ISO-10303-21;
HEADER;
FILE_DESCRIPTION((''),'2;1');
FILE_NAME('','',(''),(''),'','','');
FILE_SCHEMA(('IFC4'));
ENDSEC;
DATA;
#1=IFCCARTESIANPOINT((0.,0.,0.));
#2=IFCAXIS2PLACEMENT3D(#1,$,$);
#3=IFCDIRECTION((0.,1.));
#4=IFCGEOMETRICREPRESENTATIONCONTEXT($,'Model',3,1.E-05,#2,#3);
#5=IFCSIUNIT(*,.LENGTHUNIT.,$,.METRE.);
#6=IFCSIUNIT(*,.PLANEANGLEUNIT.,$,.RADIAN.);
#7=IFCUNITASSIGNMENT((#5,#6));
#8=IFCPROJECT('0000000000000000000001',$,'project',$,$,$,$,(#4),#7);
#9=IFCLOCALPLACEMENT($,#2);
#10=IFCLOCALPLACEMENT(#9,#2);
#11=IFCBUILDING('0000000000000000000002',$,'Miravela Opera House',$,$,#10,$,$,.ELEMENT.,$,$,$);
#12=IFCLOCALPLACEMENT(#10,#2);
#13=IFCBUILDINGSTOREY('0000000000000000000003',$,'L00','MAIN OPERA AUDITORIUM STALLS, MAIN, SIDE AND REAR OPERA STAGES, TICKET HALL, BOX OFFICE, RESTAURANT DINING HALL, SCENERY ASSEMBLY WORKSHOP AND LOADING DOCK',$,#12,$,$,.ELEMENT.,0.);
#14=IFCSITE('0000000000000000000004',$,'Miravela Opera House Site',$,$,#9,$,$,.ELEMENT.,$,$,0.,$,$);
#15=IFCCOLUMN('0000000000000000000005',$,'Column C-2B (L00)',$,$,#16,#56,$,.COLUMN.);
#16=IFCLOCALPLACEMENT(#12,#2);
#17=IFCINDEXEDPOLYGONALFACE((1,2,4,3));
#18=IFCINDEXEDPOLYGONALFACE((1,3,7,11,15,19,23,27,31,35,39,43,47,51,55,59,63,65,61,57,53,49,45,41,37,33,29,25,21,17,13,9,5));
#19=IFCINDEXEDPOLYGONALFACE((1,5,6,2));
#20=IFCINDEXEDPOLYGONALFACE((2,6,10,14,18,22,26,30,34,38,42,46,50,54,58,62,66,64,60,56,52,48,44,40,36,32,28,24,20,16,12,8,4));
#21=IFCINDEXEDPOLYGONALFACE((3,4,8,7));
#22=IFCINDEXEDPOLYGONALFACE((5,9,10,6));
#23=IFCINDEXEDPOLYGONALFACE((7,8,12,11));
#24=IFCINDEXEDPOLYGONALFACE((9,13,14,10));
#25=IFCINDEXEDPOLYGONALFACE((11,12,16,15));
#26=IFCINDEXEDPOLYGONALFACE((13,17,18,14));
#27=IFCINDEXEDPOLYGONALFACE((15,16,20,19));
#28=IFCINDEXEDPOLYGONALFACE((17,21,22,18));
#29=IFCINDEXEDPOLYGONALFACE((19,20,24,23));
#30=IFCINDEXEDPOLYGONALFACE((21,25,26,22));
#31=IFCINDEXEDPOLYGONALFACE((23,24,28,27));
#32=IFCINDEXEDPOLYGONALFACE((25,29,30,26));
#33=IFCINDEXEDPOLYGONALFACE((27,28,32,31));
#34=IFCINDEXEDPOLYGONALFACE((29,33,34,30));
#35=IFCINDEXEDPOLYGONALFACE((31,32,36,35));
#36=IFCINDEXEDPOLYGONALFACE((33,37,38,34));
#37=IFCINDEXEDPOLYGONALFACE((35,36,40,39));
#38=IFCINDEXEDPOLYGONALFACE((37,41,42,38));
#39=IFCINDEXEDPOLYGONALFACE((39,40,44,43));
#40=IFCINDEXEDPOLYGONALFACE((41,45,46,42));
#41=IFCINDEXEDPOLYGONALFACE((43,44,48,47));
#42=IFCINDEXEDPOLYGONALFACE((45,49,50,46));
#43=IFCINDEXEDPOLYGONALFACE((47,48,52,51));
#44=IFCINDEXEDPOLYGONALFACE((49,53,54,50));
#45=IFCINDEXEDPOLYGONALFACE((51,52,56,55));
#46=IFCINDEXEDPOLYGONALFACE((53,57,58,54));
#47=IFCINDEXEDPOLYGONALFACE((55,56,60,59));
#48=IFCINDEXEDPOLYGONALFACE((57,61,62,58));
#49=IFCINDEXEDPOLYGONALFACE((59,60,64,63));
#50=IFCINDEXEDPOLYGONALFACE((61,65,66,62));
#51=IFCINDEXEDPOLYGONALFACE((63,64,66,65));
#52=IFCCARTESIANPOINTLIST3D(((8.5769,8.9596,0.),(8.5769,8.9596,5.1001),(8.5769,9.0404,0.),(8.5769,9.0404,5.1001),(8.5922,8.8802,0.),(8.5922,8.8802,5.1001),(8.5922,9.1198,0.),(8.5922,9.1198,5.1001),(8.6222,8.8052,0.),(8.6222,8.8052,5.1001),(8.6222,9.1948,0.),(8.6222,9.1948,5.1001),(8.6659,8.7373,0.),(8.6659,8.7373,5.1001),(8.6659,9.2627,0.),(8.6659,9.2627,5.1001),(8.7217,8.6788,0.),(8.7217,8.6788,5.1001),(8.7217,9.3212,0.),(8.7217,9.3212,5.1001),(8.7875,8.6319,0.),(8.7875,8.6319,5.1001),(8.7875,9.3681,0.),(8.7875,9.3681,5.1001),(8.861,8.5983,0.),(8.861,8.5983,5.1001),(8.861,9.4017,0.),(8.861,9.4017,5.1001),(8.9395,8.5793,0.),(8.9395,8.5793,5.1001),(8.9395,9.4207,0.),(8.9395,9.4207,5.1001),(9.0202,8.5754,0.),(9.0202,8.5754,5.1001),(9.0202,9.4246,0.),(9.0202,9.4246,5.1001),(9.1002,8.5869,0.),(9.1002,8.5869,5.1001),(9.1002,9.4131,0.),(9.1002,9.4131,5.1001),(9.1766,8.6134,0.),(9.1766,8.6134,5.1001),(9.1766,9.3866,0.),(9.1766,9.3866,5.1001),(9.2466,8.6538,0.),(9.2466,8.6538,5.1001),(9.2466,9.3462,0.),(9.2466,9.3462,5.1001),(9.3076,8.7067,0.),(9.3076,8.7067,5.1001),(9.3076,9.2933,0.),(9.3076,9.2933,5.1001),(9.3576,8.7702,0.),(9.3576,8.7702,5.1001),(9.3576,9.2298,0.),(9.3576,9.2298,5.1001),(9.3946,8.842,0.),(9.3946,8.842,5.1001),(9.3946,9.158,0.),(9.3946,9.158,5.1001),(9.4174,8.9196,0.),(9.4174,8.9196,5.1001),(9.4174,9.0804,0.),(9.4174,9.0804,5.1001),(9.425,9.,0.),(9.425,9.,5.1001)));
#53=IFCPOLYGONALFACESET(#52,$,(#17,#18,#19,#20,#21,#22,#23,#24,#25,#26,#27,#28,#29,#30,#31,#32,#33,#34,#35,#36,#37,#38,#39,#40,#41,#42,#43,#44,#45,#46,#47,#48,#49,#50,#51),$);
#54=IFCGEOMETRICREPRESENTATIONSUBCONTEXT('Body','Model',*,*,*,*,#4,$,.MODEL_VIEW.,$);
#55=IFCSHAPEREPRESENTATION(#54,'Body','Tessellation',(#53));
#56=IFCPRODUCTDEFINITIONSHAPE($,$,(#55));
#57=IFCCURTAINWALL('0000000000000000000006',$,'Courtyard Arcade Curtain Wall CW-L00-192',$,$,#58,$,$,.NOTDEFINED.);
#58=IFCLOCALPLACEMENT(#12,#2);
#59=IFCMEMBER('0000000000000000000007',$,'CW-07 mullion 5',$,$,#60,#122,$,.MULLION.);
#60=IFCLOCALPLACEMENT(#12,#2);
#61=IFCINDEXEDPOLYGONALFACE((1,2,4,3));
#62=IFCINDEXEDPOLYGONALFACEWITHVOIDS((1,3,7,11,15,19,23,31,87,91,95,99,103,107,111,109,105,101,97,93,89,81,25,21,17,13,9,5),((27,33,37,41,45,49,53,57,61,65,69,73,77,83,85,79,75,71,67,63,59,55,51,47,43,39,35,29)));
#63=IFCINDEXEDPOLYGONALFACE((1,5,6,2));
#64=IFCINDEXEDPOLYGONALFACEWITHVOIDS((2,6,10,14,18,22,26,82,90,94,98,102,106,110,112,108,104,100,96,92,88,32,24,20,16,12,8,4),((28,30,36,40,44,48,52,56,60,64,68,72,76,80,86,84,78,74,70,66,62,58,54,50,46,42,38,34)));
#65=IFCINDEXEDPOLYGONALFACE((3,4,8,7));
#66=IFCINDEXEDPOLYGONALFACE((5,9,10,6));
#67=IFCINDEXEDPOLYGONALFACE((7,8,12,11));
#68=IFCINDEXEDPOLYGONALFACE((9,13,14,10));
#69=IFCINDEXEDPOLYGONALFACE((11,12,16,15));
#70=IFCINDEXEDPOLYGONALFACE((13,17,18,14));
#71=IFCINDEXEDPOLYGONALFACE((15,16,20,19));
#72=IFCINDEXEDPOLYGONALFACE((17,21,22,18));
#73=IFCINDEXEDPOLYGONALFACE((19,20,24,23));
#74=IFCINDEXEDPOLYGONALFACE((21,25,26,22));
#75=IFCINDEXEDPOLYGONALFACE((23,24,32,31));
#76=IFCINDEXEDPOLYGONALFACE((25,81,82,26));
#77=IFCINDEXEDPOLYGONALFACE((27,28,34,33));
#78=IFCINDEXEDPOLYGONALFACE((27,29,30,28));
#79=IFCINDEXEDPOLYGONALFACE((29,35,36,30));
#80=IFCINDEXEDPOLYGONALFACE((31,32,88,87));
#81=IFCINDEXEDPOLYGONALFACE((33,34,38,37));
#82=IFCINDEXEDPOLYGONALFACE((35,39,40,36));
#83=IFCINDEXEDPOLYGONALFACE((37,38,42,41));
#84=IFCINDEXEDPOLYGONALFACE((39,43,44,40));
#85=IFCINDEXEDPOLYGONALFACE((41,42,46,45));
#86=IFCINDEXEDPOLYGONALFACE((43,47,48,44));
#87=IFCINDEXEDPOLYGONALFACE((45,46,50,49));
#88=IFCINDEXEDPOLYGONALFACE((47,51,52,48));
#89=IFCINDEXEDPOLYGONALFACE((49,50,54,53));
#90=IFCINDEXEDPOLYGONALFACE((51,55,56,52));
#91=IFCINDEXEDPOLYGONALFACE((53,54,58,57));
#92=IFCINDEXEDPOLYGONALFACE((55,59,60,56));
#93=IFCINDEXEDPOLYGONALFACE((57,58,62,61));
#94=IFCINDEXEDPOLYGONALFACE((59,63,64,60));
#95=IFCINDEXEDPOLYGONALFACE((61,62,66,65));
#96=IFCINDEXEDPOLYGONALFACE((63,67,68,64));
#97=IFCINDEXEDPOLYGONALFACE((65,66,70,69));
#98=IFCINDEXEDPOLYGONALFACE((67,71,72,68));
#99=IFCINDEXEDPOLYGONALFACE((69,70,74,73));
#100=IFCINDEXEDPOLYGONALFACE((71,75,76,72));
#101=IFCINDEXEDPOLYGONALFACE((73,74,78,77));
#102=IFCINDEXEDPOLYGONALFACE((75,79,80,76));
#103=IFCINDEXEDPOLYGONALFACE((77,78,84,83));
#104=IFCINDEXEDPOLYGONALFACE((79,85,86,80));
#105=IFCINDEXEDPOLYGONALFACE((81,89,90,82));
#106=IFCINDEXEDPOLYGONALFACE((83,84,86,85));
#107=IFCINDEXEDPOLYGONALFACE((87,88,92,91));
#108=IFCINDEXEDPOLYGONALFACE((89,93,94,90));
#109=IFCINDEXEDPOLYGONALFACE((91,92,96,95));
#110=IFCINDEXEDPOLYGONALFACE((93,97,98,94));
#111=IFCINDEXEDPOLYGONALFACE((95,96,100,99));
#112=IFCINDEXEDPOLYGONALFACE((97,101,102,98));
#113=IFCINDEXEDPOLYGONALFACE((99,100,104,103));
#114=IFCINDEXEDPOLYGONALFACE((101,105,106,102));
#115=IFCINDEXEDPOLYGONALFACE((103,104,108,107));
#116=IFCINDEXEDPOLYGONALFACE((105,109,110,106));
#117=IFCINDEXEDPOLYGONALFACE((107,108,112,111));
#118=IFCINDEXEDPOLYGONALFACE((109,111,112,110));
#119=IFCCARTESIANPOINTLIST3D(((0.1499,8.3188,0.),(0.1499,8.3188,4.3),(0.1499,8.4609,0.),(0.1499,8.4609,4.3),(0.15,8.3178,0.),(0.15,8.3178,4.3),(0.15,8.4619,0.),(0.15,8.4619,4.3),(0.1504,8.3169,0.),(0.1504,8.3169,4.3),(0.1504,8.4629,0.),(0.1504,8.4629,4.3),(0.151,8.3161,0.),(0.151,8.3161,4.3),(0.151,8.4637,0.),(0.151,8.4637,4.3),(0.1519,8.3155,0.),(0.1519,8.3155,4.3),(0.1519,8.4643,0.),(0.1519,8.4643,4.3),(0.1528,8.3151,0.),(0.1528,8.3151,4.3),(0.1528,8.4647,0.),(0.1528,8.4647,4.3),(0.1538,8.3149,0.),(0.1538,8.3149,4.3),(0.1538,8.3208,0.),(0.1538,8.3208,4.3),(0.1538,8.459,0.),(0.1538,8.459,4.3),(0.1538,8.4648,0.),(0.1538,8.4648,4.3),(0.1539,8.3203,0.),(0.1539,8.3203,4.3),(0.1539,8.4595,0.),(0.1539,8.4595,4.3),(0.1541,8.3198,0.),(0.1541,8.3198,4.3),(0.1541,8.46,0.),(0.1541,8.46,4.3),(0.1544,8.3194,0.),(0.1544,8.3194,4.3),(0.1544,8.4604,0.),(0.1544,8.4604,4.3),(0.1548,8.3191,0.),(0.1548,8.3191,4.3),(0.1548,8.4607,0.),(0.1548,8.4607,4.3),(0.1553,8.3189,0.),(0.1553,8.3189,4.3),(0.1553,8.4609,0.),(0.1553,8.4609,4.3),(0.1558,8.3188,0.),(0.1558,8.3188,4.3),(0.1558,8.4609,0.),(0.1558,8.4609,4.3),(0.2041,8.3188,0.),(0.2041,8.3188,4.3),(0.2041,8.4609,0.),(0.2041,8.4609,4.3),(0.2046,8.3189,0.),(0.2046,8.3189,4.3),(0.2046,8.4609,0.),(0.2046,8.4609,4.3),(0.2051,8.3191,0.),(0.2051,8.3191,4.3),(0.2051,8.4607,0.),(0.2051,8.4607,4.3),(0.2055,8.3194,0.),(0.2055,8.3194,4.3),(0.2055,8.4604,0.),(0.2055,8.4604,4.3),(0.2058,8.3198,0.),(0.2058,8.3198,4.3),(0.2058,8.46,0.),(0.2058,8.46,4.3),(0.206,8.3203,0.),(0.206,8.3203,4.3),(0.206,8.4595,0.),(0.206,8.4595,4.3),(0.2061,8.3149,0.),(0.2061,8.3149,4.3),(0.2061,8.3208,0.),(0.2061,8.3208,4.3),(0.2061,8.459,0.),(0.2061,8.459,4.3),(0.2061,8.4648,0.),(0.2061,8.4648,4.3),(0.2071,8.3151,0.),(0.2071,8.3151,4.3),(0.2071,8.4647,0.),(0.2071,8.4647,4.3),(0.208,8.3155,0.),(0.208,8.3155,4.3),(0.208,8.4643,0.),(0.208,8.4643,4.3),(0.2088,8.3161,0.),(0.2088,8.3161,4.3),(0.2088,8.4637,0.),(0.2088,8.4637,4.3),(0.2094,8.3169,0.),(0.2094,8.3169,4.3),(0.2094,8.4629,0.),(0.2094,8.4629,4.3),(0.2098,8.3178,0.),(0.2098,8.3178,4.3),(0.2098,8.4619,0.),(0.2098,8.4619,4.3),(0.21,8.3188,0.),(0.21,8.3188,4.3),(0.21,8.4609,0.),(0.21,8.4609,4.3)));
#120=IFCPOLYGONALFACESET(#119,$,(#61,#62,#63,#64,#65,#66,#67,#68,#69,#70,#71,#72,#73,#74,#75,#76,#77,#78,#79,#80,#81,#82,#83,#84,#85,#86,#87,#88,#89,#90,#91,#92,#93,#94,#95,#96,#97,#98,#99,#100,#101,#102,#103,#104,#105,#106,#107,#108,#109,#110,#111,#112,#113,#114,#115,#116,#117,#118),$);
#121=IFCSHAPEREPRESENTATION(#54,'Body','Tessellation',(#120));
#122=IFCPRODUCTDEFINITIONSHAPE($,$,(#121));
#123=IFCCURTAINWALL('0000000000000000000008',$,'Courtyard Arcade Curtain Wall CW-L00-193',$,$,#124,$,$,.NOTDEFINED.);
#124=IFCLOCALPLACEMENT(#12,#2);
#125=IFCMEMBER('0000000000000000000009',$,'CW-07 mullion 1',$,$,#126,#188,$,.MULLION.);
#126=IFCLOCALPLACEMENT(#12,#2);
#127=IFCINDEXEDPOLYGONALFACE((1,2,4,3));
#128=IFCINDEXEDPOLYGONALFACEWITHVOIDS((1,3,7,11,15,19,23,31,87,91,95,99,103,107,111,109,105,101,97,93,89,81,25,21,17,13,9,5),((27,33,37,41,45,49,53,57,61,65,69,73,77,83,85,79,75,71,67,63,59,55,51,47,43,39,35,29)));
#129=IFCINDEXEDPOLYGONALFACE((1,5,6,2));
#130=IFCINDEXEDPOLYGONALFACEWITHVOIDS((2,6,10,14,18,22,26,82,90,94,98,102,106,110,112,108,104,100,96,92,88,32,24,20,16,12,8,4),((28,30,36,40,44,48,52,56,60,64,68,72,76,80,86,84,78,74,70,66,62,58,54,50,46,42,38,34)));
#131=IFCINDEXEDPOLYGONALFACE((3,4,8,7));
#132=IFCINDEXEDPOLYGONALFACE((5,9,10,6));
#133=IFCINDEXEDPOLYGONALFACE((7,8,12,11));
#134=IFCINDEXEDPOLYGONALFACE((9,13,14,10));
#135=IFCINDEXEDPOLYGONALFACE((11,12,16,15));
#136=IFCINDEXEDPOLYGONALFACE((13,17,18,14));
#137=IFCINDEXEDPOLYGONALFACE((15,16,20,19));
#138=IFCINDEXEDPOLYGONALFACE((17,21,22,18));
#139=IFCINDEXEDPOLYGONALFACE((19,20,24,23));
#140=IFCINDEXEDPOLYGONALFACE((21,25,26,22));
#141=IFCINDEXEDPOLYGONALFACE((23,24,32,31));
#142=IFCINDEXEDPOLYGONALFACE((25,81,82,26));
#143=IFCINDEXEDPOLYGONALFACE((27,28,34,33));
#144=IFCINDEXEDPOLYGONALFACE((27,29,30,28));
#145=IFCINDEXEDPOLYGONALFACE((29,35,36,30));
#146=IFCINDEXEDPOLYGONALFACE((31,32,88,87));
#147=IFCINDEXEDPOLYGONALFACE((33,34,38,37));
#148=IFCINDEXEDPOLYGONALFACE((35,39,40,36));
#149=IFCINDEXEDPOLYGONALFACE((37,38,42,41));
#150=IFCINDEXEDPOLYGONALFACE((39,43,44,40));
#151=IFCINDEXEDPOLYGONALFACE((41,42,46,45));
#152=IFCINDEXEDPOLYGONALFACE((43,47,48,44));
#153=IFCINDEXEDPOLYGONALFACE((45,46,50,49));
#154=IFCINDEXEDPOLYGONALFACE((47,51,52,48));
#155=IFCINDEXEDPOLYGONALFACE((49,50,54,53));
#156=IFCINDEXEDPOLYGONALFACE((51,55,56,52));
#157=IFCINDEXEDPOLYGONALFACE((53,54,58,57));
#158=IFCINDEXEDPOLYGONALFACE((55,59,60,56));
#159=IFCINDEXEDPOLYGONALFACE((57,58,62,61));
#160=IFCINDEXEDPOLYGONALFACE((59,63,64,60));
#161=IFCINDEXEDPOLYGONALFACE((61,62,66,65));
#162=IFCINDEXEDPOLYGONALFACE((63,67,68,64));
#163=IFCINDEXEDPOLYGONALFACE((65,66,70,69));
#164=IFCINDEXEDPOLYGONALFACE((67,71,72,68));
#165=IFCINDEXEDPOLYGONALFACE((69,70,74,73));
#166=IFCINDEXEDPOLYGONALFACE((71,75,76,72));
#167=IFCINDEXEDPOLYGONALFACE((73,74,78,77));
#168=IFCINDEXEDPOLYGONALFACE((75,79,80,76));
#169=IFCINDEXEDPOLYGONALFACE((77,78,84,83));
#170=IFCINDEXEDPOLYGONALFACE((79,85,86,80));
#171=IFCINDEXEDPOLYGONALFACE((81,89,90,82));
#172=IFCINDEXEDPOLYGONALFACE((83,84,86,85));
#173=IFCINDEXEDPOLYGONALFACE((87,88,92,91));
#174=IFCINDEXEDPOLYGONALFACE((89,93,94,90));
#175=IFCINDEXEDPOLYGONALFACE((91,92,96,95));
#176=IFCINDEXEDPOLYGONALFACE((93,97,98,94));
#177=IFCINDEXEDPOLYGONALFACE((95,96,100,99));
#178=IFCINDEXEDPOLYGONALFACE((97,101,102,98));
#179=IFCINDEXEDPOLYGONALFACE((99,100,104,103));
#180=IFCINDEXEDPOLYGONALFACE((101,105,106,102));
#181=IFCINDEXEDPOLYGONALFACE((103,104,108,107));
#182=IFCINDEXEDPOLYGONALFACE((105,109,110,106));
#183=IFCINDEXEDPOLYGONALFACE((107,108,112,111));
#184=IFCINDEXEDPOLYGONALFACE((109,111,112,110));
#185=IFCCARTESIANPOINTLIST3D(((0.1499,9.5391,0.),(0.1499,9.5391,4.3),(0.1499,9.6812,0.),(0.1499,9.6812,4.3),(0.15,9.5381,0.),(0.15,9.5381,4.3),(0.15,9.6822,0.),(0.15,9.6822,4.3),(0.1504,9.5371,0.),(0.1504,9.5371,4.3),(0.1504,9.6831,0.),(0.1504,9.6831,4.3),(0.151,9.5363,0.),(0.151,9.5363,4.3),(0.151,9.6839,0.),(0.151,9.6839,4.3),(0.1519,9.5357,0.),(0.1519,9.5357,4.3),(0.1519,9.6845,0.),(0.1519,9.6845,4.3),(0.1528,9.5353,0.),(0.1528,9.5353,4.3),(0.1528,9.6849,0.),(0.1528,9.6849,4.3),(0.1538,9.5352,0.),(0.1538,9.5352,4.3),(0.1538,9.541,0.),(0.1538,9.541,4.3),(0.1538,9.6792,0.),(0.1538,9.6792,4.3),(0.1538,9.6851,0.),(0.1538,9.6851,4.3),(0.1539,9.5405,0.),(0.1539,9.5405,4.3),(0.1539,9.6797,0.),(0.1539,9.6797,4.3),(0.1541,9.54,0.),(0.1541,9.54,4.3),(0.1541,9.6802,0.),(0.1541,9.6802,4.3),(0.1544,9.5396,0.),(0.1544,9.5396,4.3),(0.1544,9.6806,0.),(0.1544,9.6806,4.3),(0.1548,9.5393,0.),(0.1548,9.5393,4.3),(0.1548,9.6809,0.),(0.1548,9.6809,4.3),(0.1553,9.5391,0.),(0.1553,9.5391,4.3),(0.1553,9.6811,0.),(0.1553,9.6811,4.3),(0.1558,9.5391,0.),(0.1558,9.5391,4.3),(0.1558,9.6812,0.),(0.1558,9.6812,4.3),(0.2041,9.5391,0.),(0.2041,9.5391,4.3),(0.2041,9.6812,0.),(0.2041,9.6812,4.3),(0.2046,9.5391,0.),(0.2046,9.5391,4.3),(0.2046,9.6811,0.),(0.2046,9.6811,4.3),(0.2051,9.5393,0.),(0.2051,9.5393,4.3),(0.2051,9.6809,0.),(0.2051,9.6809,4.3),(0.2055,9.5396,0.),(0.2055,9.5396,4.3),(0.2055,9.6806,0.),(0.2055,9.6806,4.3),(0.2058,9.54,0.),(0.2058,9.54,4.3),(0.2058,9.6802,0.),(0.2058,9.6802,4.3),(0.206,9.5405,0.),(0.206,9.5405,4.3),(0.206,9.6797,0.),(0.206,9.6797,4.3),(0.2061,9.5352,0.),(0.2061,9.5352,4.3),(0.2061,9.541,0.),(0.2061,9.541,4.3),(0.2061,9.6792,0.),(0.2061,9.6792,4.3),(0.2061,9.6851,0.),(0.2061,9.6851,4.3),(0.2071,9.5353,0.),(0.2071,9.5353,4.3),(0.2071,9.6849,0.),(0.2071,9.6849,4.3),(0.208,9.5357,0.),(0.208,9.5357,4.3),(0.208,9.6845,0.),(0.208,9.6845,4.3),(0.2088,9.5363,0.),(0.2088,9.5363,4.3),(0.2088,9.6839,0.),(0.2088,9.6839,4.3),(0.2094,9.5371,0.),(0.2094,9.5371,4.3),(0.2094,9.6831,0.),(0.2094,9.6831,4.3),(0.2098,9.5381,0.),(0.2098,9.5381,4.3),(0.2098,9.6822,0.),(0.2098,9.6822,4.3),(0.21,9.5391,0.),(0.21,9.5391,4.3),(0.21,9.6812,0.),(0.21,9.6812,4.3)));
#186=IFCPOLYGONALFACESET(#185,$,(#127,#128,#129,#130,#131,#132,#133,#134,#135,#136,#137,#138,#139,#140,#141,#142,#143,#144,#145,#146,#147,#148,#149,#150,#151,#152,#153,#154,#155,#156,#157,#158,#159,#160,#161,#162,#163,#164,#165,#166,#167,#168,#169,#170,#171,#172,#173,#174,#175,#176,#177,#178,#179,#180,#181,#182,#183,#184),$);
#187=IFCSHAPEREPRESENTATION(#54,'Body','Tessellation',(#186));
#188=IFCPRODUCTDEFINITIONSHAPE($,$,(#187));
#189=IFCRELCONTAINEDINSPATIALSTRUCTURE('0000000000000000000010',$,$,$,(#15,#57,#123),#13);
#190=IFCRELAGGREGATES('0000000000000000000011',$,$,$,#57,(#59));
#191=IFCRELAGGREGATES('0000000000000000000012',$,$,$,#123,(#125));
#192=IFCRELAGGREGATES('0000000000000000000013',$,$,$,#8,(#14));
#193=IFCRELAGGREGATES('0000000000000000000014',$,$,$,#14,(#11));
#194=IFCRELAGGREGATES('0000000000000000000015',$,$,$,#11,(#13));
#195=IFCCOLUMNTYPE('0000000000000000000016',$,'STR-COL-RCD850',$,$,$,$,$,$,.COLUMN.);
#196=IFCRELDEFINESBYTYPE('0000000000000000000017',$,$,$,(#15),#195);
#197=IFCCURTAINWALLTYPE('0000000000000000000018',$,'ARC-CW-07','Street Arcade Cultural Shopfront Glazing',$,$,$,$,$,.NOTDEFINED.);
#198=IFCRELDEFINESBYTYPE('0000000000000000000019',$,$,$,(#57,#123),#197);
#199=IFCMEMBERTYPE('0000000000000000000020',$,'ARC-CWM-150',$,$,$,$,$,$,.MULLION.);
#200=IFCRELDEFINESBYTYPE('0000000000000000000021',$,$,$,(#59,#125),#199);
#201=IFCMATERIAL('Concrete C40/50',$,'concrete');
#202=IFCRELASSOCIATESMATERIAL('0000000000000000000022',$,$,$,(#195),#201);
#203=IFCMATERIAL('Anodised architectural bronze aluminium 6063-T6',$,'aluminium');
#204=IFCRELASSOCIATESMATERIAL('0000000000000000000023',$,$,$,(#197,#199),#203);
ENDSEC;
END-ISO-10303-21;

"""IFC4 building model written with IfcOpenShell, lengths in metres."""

from ifc_helpers import new_model, si_unit, direction, frame, origin, origin_2d, place, context, subcontext, project, spatial, hollow_rectangle, circle, extrude, material, material_profile, profile_set, type_object, element, aggregate, save


model = new_model("IFC4")

# Units and contexts
model_context = context("Model", 3, precision=1e-05, world=origin(), true_north=direction((0.0, 1.0)))
body_context = subcontext(model_context, "Body", "Model", "MODEL_VIEW")
ifc_project = project(units=[si_unit("LENGTHUNIT", "METRE"), si_unit("PLANEANGLEUNIT", "RADIAN")], contexts=[model_context])

# Site, building, storey
site_placement = place(None, origin())
site = spatial("IfcSite", under=ifc_project, at=site_placement, Name="Miravela Opera House Site", CompositionType="ELEMENT", RefElevation=0.0)
building_placement = place(site_placement, origin())
building = spatial("IfcBuilding", under=site, at=building_placement, Name="Miravela Opera House", CompositionType="ELEMENT")
storey_placement = place(building_placement, origin())
storey = spatial("IfcBuildingStorey", under=building, at=storey_placement, Name="L00", Description="MAIN OPERA AUDITORIUM STALLS, MAIN, SIDE AND REAR OPERA STAGES, TICKET HALL, BOX OFFICE, RESTAURANT DINING HALL, SCENERY ASSEMBLY WORKSHOP AND LOADING DOCK", CompositionType="ELEMENT", Elevation=0.0)

# Column
ifc_material_1 = material(Name="Concrete C40/50", Category="concrete")
ifc_material_profile_1 = material_profile(ifc_material_1, circle(Radius=0.425, at=origin_2d()), Name="RC-COL-D850")
ifc_profile_set_1 = profile_set([ifc_material_profile_1])
column_type = type_object("IfcColumnType", Name="STR-COL-RCD850", PredefinedType="COLUMN", material=ifc_profile_set_1)
column_placement = place(storey_placement, frame((9.0, 9.0, 0.0), z_axis=(0.0, 0.0, 1.0), x_axis=(1.0, 0.0, 0.0)))
element("IfcColumn", 1, at=column_placement, inside=storey, type_object=column_type, Name="Column C-2B (L00)", PredefinedType="COLUMN", context=body_context, shape_type="SweptSolid", body=[
    extrude(circle(Radius=0.425, at=origin_2d()), origin(), (0.0, 0.0, 1.0), 5.1001),
])

# Curtain wall, member
ifc_material_2 = material(Name="Anodised architectural bronze aluminium 6063-T6", Category="aluminium")
curtain_wall_type = type_object("IfcCurtainWallType", Name="ARC-CW-07", Description="Street Arcade Cultural Shopfront Glazing", PredefinedType="NOTDEFINED", material=ifc_material_2)
curtain_wall_1_placement = place(storey_placement, origin())
curtain_wall_1 = element("IfcCurtainWall", 2, at=curtain_wall_1_placement, inside=storey, type_object=curtain_wall_type, Name="Courtyard Arcade Curtain Wall CW-L00-192", PredefinedType="NOTDEFINED")
ifc_material_profile_2 = material_profile(ifc_material_2, hollow_rectangle(XDim=0.0601, YDim=0.1499, WallThickness=0.0039, InnerFilletRadius=0.002, OuterFilletRadius=0.0039, at=origin_2d()), Name="CWM-60X150")
ifc_profile_set_2 = profile_set([ifc_material_profile_2])
member_type_1 = type_object("IfcMemberType", Name="ARC-CWM-150", PredefinedType="MULLION", material=ifc_profile_set_2)
member_1_placement = place(storey_placement, frame((0.1799, 8.3899, 0.0), z_axis=(0.0, 0.0, 1.0), x_axis=(-1.0, 0.0, 0.0)))
member_1 = element("IfcMember", 3, at=member_1_placement, type_object=member_type_1, Name="CW-07 mullion 5", PredefinedType="MULLION", context=body_context, shape_type="SweptSolid", body=[
    extrude(hollow_rectangle(XDim=0.0601, YDim=0.1499, WallThickness=0.0039, InnerFilletRadius=0.002, OuterFilletRadius=0.0039, at=origin_2d()), origin(), (0.0, 0.0, 1.0), 4.3),
])

# Curtain wall, member
curtain_wall_2_placement = place(storey_placement, origin())
curtain_wall_2 = element("IfcCurtainWall", 4, at=curtain_wall_2_placement, inside=storey, type_object=curtain_wall_type, Name="Courtyard Arcade Curtain Wall CW-L00-193", PredefinedType="NOTDEFINED")
member_2_placement = place(storey_placement, frame((0.1799, 9.6101, 0.0), z_axis=(0.0, 0.0, 1.0), x_axis=(-1.0, 0.0, 0.0)))
member_2 = element("IfcMember", 5, at=member_2_placement, type_object=member_type_1, Name="CW-07 mullion 1", PredefinedType="MULLION", context=body_context, shape_type="SweptSolid", body=[
    extrude(hollow_rectangle(XDim=0.0601, YDim=0.1499, WallThickness=0.0039, InnerFilletRadius=0.002, OuterFilletRadius=0.0039, at=origin_2d()), origin(), (0.0, 0.0, 1.0), 4.3),
])

aggregate(curtain_wall_1, [member_1])
aggregate(curtain_wall_2, [member_2])

save(model, "model.ifc")
